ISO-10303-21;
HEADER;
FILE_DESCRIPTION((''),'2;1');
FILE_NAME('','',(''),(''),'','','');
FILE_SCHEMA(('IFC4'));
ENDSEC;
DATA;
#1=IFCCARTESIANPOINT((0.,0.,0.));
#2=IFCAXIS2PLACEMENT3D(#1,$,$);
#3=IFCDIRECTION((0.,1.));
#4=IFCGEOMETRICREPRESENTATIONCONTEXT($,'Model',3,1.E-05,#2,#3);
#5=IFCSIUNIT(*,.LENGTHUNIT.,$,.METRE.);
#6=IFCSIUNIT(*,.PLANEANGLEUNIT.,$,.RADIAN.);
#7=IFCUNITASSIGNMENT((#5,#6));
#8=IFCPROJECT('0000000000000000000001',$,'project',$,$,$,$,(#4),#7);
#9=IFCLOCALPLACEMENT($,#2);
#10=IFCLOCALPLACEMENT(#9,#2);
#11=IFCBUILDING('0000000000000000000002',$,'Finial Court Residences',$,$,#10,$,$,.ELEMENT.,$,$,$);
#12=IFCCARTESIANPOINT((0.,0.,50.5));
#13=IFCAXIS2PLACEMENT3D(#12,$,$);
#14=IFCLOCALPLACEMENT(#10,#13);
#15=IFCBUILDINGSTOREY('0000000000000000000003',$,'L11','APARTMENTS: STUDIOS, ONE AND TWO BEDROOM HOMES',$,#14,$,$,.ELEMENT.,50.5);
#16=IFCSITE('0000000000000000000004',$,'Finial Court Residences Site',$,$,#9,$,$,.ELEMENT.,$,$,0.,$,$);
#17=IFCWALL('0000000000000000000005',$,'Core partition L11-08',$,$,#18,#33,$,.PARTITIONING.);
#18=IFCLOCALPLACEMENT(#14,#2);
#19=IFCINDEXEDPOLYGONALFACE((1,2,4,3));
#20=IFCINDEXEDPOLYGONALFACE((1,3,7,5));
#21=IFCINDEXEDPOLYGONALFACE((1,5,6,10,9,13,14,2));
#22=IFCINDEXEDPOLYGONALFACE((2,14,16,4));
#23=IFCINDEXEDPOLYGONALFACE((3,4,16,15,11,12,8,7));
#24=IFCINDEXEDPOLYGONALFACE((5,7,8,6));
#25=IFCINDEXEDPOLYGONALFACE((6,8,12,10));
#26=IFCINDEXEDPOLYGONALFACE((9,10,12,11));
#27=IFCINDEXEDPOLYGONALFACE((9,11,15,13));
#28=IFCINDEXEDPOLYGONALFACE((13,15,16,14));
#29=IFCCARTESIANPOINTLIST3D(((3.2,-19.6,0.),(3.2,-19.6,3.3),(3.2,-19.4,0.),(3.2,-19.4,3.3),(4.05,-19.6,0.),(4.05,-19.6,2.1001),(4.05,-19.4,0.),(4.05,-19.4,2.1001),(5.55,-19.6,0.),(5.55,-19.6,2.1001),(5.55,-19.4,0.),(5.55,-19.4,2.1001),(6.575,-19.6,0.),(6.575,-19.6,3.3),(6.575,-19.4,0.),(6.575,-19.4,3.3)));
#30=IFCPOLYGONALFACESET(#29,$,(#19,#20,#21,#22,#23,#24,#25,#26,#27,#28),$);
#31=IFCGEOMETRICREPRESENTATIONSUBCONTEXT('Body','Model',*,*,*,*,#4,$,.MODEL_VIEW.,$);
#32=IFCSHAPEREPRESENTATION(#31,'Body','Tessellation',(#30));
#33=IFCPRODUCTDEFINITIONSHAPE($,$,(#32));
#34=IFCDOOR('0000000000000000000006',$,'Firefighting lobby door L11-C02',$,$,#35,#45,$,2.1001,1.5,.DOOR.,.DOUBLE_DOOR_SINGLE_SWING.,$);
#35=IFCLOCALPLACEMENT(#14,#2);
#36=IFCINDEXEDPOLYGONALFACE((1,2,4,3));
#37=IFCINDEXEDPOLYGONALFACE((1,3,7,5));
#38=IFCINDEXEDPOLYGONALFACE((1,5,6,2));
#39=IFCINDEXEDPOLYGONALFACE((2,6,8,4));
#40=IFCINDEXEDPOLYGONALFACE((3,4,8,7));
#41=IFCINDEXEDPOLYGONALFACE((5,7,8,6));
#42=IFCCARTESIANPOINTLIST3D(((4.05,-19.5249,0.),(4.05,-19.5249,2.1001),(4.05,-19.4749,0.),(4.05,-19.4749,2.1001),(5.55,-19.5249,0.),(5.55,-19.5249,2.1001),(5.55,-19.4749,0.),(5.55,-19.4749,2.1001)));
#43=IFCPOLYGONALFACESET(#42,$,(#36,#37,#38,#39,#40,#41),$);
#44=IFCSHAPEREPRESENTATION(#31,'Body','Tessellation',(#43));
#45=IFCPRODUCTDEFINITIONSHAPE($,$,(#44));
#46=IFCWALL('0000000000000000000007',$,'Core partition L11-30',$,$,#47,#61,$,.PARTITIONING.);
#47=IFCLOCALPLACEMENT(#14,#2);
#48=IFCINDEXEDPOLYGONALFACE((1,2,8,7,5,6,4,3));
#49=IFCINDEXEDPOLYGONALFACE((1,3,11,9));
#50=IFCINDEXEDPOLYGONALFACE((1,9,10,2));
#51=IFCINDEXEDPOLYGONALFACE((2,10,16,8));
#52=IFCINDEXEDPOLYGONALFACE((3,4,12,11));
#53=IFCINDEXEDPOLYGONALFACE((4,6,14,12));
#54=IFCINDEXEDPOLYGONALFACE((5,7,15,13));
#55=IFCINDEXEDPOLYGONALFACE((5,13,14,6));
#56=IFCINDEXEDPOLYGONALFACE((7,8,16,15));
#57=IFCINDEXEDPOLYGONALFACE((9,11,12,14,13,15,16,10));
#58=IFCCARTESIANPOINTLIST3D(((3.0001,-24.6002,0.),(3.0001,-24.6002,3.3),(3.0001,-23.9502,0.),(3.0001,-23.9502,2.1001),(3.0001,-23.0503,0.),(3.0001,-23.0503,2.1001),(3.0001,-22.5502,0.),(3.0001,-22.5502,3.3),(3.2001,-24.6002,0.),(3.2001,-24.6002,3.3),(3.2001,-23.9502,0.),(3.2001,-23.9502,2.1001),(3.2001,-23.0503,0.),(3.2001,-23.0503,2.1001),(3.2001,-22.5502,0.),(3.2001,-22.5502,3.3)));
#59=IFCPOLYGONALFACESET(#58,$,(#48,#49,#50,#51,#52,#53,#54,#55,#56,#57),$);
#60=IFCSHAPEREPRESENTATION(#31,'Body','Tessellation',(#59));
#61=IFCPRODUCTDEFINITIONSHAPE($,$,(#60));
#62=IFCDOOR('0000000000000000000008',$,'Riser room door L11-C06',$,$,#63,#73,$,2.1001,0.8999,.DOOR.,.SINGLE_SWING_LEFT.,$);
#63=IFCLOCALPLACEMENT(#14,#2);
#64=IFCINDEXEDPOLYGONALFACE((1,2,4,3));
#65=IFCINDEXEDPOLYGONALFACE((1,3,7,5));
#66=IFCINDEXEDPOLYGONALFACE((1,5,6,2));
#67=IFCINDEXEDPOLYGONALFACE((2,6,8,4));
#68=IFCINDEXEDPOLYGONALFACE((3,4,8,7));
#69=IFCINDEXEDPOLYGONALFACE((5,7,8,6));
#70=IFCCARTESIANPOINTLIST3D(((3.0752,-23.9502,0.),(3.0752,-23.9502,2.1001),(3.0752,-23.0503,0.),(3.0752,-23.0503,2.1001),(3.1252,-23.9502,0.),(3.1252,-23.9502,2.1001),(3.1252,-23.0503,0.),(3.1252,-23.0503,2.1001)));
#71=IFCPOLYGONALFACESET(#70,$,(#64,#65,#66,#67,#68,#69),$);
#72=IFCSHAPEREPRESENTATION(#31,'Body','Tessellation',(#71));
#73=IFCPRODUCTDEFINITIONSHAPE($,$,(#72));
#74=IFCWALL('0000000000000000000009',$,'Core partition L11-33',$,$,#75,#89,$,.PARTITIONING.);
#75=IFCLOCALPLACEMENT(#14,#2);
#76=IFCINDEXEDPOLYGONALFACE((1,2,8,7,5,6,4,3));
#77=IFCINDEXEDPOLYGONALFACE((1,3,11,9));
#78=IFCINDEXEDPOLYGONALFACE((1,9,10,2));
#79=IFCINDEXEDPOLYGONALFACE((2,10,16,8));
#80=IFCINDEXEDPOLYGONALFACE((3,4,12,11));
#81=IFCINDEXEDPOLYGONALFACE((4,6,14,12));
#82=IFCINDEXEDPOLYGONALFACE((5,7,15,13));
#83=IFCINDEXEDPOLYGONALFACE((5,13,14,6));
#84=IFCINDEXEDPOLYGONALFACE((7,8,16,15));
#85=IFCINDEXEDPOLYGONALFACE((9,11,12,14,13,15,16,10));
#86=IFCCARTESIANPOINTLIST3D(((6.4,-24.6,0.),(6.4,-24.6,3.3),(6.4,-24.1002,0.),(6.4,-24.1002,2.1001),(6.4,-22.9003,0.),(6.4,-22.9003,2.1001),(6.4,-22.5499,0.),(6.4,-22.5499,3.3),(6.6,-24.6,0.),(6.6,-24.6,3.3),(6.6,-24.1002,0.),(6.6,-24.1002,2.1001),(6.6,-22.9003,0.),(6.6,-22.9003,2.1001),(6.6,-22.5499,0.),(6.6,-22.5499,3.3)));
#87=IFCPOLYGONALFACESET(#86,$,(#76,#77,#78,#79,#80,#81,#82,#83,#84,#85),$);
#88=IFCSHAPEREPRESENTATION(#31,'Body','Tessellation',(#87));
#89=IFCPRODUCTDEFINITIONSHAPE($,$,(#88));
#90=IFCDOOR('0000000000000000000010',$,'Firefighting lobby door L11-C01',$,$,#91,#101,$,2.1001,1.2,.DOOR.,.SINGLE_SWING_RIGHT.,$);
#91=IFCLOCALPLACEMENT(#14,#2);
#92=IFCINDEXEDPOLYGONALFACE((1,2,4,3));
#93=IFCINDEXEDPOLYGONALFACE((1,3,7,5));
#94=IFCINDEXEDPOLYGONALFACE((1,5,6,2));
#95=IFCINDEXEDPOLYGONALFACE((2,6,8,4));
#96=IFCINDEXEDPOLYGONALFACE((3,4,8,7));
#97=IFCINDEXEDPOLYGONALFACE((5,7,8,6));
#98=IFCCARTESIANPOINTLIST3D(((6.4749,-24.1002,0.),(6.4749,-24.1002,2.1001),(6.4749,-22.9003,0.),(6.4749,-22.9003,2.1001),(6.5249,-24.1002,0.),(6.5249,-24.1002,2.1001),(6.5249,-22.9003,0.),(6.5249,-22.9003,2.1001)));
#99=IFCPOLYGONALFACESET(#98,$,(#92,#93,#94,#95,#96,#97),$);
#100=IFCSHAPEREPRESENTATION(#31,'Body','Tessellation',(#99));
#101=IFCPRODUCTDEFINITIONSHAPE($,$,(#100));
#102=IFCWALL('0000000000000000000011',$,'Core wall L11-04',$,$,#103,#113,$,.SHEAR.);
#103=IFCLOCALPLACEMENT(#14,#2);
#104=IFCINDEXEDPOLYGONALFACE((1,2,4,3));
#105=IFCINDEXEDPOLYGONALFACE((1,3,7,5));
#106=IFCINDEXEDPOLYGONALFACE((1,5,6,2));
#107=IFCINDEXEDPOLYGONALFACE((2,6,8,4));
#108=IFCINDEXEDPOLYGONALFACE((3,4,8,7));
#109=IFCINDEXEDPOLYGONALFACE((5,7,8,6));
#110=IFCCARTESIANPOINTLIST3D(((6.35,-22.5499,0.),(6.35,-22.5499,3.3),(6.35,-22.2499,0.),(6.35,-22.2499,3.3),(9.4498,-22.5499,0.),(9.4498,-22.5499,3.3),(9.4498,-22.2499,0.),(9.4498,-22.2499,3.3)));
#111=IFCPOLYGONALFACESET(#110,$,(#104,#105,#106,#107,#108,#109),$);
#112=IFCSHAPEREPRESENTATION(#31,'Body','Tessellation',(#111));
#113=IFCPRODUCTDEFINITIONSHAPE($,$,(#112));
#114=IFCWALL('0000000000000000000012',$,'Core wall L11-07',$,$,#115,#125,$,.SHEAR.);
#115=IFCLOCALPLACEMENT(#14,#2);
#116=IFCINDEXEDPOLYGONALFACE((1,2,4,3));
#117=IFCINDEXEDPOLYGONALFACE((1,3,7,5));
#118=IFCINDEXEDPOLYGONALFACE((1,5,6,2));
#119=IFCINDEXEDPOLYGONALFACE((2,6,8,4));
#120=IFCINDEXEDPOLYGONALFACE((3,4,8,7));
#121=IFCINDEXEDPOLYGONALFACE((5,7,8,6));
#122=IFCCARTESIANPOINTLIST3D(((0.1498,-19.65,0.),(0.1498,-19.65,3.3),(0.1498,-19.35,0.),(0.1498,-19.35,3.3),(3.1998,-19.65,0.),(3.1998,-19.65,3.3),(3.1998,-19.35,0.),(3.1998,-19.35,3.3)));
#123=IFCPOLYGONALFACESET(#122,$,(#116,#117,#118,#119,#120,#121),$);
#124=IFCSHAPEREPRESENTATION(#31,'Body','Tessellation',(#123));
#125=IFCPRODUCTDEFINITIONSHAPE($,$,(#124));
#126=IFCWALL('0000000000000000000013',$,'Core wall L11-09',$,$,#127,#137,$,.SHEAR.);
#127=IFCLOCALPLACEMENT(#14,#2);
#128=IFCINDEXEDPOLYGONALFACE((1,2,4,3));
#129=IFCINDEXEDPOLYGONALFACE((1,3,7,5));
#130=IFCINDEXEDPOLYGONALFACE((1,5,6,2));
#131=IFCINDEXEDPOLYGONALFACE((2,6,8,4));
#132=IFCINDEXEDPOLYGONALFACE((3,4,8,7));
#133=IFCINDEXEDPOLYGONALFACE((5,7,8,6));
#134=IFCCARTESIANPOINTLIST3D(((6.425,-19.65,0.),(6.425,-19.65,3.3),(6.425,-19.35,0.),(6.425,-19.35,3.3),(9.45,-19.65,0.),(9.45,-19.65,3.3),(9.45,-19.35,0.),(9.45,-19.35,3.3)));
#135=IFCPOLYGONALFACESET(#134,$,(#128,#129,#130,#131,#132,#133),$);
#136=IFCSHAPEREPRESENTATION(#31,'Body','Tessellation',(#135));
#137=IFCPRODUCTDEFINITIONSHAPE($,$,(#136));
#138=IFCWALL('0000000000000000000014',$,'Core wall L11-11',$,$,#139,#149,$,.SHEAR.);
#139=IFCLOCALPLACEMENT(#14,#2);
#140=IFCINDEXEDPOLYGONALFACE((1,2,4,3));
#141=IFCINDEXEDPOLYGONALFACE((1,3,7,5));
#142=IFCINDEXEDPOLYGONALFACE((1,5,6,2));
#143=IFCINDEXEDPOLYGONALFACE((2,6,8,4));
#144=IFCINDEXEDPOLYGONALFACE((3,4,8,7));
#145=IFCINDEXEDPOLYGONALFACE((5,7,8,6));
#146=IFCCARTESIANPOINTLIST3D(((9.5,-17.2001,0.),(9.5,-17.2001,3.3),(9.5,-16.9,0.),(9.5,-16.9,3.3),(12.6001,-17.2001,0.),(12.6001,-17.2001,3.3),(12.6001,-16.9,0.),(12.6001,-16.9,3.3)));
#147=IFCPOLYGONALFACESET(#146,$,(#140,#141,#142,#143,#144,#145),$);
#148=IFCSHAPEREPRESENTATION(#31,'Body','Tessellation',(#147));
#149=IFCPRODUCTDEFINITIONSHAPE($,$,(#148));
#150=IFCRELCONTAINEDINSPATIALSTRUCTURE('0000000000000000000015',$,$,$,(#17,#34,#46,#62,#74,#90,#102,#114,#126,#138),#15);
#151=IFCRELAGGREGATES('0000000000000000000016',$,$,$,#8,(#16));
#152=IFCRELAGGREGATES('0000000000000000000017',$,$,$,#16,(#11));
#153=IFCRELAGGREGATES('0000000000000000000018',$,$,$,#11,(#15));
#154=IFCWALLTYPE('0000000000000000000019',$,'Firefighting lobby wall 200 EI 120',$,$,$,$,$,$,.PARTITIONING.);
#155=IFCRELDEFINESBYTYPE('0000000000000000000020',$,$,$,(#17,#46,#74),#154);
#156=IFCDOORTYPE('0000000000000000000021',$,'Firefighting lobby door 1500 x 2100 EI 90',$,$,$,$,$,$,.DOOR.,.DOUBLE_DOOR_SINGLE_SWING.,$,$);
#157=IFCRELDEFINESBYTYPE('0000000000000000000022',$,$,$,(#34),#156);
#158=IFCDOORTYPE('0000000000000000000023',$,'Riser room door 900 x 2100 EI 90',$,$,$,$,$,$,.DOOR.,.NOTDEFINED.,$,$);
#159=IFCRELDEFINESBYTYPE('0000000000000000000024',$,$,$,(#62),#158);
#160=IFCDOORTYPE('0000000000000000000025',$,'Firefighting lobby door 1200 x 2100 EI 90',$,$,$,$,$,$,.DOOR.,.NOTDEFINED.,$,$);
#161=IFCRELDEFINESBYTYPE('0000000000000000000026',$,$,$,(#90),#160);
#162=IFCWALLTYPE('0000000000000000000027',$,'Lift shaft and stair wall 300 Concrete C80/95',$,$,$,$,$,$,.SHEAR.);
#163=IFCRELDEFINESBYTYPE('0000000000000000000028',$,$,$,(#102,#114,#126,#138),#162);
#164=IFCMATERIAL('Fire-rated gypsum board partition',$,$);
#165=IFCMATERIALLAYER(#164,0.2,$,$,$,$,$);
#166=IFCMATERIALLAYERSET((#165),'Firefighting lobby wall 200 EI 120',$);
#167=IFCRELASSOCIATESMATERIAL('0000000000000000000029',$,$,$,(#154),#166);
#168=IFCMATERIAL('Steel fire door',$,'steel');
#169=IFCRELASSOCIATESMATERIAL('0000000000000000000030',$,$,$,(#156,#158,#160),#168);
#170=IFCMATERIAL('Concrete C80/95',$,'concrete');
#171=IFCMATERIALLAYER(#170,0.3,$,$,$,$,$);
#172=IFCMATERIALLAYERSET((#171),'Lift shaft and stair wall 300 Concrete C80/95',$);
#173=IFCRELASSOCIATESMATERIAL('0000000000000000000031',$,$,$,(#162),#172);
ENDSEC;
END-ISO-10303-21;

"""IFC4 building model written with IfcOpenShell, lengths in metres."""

from ifc_helpers import new_model, si_unit, direction, frame, frame_2d, origin, place, context, subcontext, project, spatial, rectangle, extrude, material, layer, layer_set, type_object, element, fill, save


model = new_model("IFC4")

# Units and contexts
model_context = context("Model", 3, precision=1e-05, world=origin(), true_north=direction((0.0, 1.0)))
body_context = subcontext(model_context, "Body", "Model", "MODEL_VIEW")
ifc_project = project(units=[si_unit("LENGTHUNIT", "METRE"), si_unit("PLANEANGLEUNIT", "RADIAN")], contexts=[model_context])

# Site, building, storey
site_placement = place(None, origin())
site = spatial("IfcSite", under=ifc_project, at=site_placement, Name="Finial Court Residences Site", CompositionType="ELEMENT", RefElevation=0.0)
building_placement = place(site_placement, origin())
building = spatial("IfcBuilding", under=site, at=building_placement, Name="Finial Court Residences", CompositionType="ELEMENT")
storey_placement = place(building_placement, frame((0.0, 0.0, 50.5)))
storey = spatial("IfcBuildingStorey", under=building, at=storey_placement, Name="L11", Description="APARTMENTS: STUDIOS, ONE AND TWO BEDROOM HOMES", CompositionType="ELEMENT", Elevation=50.5)

# Walls, openings, doors
ifc_material_1 = material(Name="Fire-rated gypsum board partition")
ifc_layer_1 = layer(ifc_material_1, 0.2)
ifc_layer_set_1 = layer_set([ifc_layer_1], Name="Firefighting lobby wall 200 EI 120")
wall_type_1 = type_object("IfcWallType", Name="Firefighting lobby wall 200 EI 120", PredefinedType="PARTITIONING", material=ifc_layer_set_1)
wall_1_placement = place(storey_placement, frame((6.575, -19.5, 0.0), z_axis=(0.0, 0.0, 1.0), x_axis=(-1.0, 0.0, 0.0)))
wall_1 = element("IfcWall", 1, at=wall_1_placement, inside=storey, type_object=wall_type_1, Name="Core partition L11-08", PredefinedType="PARTITIONING", context=body_context, shape_type="SweptSolid", body=[
    extrude(rectangle(XDim=3.375, YDim=0.2, at=frame_2d((1.6875, 0.0))), origin(), (0.0, 0.0, 1.0), 3.3),
])
opening_1_placement = place(wall_1_placement, frame((1.0249, 0.0, 0.0)))
opening_1 = element("IfcOpeningElement", 2, at=opening_1_placement, cuts=wall_1, PredefinedType="OPENING", context=body_context, shape_type="SweptSolid", body=[
    extrude(rectangle(XDim=1.5, YDim=2.1001, at=frame_2d((0.75, 1.05))), frame((0.0, 0.1099, 0.0), z_axis=(0.0, -1.0, 0.0), x_axis=(1.0, 0.0, 0.0)), (0.0, 0.0, 1.0), 0.22),
])
ifc_material_2 = material(Name="Steel fire door", Category="steel")
door_type_1 = type_object("IfcDoorType", Name="Firefighting lobby door 1500 x 2100 EI 90", OperationType="DOUBLE_DOOR_SINGLE_SWING", PredefinedType="DOOR", material=ifc_material_2)
door_1_placement = place(opening_1_placement, origin())
door_1 = element("IfcDoor", 3, at=door_1_placement, inside=storey, type_object=door_type_1, Name="Firefighting lobby door L11-C02", OperationType="DOUBLE_DOOR_SINGLE_SWING", OverallHeight=2.1001, OverallWidth=1.5, PredefinedType="DOOR", context=body_context, shape_type="SweptSolid", body=[
    extrude(rectangle(XDim=1.5, YDim=2.1001, at=frame_2d((0.75, 1.05))), frame((0.0, 0.0249, 0.0), z_axis=(0.0, -1.0, 0.0), x_axis=(1.0, 0.0, 0.0)), (0.0, 0.0, 1.0), 0.05),
])
fill(opening_1, door_1)
wall_2_placement = place(storey_placement, frame((3.1001, -24.6001, 0.0), z_axis=(0.0, 0.0, 1.0), x_axis=(0.0, 1.0, 0.0)))
wall_2 = element("IfcWall", 4, at=wall_2_placement, inside=storey, type_object=wall_type_1, Name="Core partition L11-30", PredefinedType="PARTITIONING", context=body_context, shape_type="SweptSolid", body=[
    extrude(rectangle(XDim=2.05, YDim=0.2, at=frame_2d((1.0249, 0.0))), origin(), (0.0, 0.0, 1.0), 3.3),
])
opening_2_placement = place(wall_2_placement, frame((0.6499, 0.0, 0.0)))
opening_2 = element("IfcOpeningElement", 5, at=opening_2_placement, cuts=wall_2, PredefinedType="OPENING", context=body_context, shape_type="SweptSolid", body=[
    extrude(rectangle(XDim=0.8999, YDim=2.1001, at=frame_2d((0.45, 1.05))), frame((0.0, 0.1099, 0.0), z_axis=(0.0, -1.0, 0.0), x_axis=(1.0, 0.0, 0.0)), (0.0, 0.0, 1.0), 0.22),
])
door_type_2 = type_object("IfcDoorType", Name="Riser room door 900 x 2100 EI 90", OperationType="NOTDEFINED", PredefinedType="DOOR", material=ifc_material_2)
door_2_placement = place(opening_2_placement, origin())
door_2 = element("IfcDoor", 6, at=door_2_placement, inside=storey, type_object=door_type_2, Name="Riser room door L11-C06", OperationType="SINGLE_SWING_LEFT", OverallHeight=2.1001, OverallWidth=0.8999, PredefinedType="DOOR", context=body_context, shape_type="SweptSolid", body=[
    extrude(rectangle(XDim=0.8999, YDim=2.1001, at=frame_2d((0.45, 1.05))), frame((0.0, 0.0249, 0.0), z_axis=(0.0, -1.0, 0.0), x_axis=(1.0, 0.0, 0.0)), (0.0, 0.0, 1.0), 0.05),
])
fill(opening_2, door_2)
wall_3_placement = place(storey_placement, frame((6.5, -22.55, 0.0), z_axis=(0.0, 0.0, 1.0), x_axis=(0.0, -1.0, 0.0)))
wall_3 = element("IfcWall", 7, at=wall_3_placement, inside=storey, type_object=wall_type_1, Name="Core partition L11-33", PredefinedType="PARTITIONING", context=body_context, shape_type="SweptSolid", body=[
    extrude(rectangle(XDim=2.05, YDim=0.2, at=frame_2d((1.0249, 0.0))), origin(), (0.0, 0.0, 1.0), 3.3),
])
opening_3_placement = place(wall_3_placement, frame((0.3501, 0.0, 0.0)))
opening_3 = element("IfcOpeningElement", 8, at=opening_3_placement, cuts=wall_3, PredefinedType="OPENING", context=body_context, shape_type="SweptSolid", body=[
    extrude(rectangle(XDim=1.2, YDim=2.1001, at=frame_2d((0.6001, 1.05))), frame((0.0, 0.1099, 0.0), z_axis=(0.0, -1.0, 0.0), x_axis=(1.0, 0.0, 0.0)), (0.0, 0.0, 1.0), 0.22),
])
door_type_3 = type_object("IfcDoorType", Name="Firefighting lobby door 1200 x 2100 EI 90", OperationType="NOTDEFINED", PredefinedType="DOOR", material=ifc_material_2)
door_3_placement = place(opening_3_placement, origin())
door_3 = element("IfcDoor", 9, at=door_3_placement, inside=storey, type_object=door_type_3, Name="Firefighting lobby door L11-C01", OperationType="SINGLE_SWING_RIGHT", OverallHeight=2.1001, OverallWidth=1.2, PredefinedType="DOOR", context=body_context, shape_type="SweptSolid", body=[
    extrude(rectangle(XDim=1.2, YDim=2.1001, at=frame_2d((0.6001, 1.05))), frame((0.0, 0.0249, 0.0), z_axis=(0.0, -1.0, 0.0), x_axis=(1.0, 0.0, 0.0)), (0.0, 0.0, 1.0), 0.05),
])
fill(opening_3, door_3)

# Walls
ifc_material_3 = material(Name="Concrete C80/95", Category="concrete")
ifc_layer_2 = layer(ifc_material_3, 0.3)
ifc_layer_set_2 = layer_set([ifc_layer_2], Name="Lift shaft and stair wall 300 Concrete C80/95")
wall_type_2 = type_object("IfcWallType", Name="Lift shaft and stair wall 300 Concrete C80/95", PredefinedType="SHEAR", material=ifc_layer_set_2)
wall_4_placement = place(storey_placement, frame((6.3501, -22.3999, 0.0), z_axis=(0.0, 0.0, 1.0), x_axis=(1.0, 0.0, 0.0)))
element("IfcWall", 10, at=wall_4_placement, inside=storey, type_object=wall_type_2, Name="Core wall L11-04", PredefinedType="SHEAR", context=body_context, shape_type="SweptSolid", body=[
    extrude(rectangle(XDim=3.0999, YDim=0.3, at=frame_2d((1.5498, 0.0))), origin(), (0.0, 0.0, 1.0), 3.3),
])
wall_5_placement = place(storey_placement, frame((0.1499, -19.5, 0.0), z_axis=(0.0, 0.0, 1.0), x_axis=(1.0, 0.0, 0.0)))
element("IfcWall", 11, at=wall_5_placement, inside=storey, type_object=wall_type_2, Name="Core wall L11-07", PredefinedType="SHEAR", context=body_context, shape_type="SweptSolid", body=[
    extrude(rectangle(XDim=3.05, YDim=0.3, at=frame_2d((1.5249, 0.0))), origin(), (0.0, 0.0, 1.0), 3.3),
])
wall_6_placement = place(storey_placement, frame((6.425, -19.5, 0.0), z_axis=(0.0, 0.0, 1.0), x_axis=(1.0, 0.0, 0.0)))
element("IfcWall", 12, at=wall_6_placement, inside=storey, type_object=wall_type_2, Name="Core wall L11-09", PredefinedType="SHEAR", context=body_context, shape_type="SweptSolid", body=[
    extrude(rectangle(XDim=3.0249, YDim=0.3, at=frame_2d((1.5125, 0.0))), origin(), (0.0, 0.0, 1.0), 3.3),
])
wall_7_placement = place(storey_placement, frame((9.5, -17.05, 0.0), z_axis=(0.0, 0.0, 1.0), x_axis=(1.0, 0.0, 0.0)))
element("IfcWall", 13, at=wall_7_placement, inside=storey, type_object=wall_type_2, Name="Core wall L11-11", PredefinedType="SHEAR", context=body_context, shape_type="SweptSolid", body=[
    extrude(rectangle(XDim=3.1001, YDim=0.3, at=frame_2d((1.55, 0.0))), origin(), (0.0, 0.0, 1.0), 3.3),
])

save(model, "model.ifc")
